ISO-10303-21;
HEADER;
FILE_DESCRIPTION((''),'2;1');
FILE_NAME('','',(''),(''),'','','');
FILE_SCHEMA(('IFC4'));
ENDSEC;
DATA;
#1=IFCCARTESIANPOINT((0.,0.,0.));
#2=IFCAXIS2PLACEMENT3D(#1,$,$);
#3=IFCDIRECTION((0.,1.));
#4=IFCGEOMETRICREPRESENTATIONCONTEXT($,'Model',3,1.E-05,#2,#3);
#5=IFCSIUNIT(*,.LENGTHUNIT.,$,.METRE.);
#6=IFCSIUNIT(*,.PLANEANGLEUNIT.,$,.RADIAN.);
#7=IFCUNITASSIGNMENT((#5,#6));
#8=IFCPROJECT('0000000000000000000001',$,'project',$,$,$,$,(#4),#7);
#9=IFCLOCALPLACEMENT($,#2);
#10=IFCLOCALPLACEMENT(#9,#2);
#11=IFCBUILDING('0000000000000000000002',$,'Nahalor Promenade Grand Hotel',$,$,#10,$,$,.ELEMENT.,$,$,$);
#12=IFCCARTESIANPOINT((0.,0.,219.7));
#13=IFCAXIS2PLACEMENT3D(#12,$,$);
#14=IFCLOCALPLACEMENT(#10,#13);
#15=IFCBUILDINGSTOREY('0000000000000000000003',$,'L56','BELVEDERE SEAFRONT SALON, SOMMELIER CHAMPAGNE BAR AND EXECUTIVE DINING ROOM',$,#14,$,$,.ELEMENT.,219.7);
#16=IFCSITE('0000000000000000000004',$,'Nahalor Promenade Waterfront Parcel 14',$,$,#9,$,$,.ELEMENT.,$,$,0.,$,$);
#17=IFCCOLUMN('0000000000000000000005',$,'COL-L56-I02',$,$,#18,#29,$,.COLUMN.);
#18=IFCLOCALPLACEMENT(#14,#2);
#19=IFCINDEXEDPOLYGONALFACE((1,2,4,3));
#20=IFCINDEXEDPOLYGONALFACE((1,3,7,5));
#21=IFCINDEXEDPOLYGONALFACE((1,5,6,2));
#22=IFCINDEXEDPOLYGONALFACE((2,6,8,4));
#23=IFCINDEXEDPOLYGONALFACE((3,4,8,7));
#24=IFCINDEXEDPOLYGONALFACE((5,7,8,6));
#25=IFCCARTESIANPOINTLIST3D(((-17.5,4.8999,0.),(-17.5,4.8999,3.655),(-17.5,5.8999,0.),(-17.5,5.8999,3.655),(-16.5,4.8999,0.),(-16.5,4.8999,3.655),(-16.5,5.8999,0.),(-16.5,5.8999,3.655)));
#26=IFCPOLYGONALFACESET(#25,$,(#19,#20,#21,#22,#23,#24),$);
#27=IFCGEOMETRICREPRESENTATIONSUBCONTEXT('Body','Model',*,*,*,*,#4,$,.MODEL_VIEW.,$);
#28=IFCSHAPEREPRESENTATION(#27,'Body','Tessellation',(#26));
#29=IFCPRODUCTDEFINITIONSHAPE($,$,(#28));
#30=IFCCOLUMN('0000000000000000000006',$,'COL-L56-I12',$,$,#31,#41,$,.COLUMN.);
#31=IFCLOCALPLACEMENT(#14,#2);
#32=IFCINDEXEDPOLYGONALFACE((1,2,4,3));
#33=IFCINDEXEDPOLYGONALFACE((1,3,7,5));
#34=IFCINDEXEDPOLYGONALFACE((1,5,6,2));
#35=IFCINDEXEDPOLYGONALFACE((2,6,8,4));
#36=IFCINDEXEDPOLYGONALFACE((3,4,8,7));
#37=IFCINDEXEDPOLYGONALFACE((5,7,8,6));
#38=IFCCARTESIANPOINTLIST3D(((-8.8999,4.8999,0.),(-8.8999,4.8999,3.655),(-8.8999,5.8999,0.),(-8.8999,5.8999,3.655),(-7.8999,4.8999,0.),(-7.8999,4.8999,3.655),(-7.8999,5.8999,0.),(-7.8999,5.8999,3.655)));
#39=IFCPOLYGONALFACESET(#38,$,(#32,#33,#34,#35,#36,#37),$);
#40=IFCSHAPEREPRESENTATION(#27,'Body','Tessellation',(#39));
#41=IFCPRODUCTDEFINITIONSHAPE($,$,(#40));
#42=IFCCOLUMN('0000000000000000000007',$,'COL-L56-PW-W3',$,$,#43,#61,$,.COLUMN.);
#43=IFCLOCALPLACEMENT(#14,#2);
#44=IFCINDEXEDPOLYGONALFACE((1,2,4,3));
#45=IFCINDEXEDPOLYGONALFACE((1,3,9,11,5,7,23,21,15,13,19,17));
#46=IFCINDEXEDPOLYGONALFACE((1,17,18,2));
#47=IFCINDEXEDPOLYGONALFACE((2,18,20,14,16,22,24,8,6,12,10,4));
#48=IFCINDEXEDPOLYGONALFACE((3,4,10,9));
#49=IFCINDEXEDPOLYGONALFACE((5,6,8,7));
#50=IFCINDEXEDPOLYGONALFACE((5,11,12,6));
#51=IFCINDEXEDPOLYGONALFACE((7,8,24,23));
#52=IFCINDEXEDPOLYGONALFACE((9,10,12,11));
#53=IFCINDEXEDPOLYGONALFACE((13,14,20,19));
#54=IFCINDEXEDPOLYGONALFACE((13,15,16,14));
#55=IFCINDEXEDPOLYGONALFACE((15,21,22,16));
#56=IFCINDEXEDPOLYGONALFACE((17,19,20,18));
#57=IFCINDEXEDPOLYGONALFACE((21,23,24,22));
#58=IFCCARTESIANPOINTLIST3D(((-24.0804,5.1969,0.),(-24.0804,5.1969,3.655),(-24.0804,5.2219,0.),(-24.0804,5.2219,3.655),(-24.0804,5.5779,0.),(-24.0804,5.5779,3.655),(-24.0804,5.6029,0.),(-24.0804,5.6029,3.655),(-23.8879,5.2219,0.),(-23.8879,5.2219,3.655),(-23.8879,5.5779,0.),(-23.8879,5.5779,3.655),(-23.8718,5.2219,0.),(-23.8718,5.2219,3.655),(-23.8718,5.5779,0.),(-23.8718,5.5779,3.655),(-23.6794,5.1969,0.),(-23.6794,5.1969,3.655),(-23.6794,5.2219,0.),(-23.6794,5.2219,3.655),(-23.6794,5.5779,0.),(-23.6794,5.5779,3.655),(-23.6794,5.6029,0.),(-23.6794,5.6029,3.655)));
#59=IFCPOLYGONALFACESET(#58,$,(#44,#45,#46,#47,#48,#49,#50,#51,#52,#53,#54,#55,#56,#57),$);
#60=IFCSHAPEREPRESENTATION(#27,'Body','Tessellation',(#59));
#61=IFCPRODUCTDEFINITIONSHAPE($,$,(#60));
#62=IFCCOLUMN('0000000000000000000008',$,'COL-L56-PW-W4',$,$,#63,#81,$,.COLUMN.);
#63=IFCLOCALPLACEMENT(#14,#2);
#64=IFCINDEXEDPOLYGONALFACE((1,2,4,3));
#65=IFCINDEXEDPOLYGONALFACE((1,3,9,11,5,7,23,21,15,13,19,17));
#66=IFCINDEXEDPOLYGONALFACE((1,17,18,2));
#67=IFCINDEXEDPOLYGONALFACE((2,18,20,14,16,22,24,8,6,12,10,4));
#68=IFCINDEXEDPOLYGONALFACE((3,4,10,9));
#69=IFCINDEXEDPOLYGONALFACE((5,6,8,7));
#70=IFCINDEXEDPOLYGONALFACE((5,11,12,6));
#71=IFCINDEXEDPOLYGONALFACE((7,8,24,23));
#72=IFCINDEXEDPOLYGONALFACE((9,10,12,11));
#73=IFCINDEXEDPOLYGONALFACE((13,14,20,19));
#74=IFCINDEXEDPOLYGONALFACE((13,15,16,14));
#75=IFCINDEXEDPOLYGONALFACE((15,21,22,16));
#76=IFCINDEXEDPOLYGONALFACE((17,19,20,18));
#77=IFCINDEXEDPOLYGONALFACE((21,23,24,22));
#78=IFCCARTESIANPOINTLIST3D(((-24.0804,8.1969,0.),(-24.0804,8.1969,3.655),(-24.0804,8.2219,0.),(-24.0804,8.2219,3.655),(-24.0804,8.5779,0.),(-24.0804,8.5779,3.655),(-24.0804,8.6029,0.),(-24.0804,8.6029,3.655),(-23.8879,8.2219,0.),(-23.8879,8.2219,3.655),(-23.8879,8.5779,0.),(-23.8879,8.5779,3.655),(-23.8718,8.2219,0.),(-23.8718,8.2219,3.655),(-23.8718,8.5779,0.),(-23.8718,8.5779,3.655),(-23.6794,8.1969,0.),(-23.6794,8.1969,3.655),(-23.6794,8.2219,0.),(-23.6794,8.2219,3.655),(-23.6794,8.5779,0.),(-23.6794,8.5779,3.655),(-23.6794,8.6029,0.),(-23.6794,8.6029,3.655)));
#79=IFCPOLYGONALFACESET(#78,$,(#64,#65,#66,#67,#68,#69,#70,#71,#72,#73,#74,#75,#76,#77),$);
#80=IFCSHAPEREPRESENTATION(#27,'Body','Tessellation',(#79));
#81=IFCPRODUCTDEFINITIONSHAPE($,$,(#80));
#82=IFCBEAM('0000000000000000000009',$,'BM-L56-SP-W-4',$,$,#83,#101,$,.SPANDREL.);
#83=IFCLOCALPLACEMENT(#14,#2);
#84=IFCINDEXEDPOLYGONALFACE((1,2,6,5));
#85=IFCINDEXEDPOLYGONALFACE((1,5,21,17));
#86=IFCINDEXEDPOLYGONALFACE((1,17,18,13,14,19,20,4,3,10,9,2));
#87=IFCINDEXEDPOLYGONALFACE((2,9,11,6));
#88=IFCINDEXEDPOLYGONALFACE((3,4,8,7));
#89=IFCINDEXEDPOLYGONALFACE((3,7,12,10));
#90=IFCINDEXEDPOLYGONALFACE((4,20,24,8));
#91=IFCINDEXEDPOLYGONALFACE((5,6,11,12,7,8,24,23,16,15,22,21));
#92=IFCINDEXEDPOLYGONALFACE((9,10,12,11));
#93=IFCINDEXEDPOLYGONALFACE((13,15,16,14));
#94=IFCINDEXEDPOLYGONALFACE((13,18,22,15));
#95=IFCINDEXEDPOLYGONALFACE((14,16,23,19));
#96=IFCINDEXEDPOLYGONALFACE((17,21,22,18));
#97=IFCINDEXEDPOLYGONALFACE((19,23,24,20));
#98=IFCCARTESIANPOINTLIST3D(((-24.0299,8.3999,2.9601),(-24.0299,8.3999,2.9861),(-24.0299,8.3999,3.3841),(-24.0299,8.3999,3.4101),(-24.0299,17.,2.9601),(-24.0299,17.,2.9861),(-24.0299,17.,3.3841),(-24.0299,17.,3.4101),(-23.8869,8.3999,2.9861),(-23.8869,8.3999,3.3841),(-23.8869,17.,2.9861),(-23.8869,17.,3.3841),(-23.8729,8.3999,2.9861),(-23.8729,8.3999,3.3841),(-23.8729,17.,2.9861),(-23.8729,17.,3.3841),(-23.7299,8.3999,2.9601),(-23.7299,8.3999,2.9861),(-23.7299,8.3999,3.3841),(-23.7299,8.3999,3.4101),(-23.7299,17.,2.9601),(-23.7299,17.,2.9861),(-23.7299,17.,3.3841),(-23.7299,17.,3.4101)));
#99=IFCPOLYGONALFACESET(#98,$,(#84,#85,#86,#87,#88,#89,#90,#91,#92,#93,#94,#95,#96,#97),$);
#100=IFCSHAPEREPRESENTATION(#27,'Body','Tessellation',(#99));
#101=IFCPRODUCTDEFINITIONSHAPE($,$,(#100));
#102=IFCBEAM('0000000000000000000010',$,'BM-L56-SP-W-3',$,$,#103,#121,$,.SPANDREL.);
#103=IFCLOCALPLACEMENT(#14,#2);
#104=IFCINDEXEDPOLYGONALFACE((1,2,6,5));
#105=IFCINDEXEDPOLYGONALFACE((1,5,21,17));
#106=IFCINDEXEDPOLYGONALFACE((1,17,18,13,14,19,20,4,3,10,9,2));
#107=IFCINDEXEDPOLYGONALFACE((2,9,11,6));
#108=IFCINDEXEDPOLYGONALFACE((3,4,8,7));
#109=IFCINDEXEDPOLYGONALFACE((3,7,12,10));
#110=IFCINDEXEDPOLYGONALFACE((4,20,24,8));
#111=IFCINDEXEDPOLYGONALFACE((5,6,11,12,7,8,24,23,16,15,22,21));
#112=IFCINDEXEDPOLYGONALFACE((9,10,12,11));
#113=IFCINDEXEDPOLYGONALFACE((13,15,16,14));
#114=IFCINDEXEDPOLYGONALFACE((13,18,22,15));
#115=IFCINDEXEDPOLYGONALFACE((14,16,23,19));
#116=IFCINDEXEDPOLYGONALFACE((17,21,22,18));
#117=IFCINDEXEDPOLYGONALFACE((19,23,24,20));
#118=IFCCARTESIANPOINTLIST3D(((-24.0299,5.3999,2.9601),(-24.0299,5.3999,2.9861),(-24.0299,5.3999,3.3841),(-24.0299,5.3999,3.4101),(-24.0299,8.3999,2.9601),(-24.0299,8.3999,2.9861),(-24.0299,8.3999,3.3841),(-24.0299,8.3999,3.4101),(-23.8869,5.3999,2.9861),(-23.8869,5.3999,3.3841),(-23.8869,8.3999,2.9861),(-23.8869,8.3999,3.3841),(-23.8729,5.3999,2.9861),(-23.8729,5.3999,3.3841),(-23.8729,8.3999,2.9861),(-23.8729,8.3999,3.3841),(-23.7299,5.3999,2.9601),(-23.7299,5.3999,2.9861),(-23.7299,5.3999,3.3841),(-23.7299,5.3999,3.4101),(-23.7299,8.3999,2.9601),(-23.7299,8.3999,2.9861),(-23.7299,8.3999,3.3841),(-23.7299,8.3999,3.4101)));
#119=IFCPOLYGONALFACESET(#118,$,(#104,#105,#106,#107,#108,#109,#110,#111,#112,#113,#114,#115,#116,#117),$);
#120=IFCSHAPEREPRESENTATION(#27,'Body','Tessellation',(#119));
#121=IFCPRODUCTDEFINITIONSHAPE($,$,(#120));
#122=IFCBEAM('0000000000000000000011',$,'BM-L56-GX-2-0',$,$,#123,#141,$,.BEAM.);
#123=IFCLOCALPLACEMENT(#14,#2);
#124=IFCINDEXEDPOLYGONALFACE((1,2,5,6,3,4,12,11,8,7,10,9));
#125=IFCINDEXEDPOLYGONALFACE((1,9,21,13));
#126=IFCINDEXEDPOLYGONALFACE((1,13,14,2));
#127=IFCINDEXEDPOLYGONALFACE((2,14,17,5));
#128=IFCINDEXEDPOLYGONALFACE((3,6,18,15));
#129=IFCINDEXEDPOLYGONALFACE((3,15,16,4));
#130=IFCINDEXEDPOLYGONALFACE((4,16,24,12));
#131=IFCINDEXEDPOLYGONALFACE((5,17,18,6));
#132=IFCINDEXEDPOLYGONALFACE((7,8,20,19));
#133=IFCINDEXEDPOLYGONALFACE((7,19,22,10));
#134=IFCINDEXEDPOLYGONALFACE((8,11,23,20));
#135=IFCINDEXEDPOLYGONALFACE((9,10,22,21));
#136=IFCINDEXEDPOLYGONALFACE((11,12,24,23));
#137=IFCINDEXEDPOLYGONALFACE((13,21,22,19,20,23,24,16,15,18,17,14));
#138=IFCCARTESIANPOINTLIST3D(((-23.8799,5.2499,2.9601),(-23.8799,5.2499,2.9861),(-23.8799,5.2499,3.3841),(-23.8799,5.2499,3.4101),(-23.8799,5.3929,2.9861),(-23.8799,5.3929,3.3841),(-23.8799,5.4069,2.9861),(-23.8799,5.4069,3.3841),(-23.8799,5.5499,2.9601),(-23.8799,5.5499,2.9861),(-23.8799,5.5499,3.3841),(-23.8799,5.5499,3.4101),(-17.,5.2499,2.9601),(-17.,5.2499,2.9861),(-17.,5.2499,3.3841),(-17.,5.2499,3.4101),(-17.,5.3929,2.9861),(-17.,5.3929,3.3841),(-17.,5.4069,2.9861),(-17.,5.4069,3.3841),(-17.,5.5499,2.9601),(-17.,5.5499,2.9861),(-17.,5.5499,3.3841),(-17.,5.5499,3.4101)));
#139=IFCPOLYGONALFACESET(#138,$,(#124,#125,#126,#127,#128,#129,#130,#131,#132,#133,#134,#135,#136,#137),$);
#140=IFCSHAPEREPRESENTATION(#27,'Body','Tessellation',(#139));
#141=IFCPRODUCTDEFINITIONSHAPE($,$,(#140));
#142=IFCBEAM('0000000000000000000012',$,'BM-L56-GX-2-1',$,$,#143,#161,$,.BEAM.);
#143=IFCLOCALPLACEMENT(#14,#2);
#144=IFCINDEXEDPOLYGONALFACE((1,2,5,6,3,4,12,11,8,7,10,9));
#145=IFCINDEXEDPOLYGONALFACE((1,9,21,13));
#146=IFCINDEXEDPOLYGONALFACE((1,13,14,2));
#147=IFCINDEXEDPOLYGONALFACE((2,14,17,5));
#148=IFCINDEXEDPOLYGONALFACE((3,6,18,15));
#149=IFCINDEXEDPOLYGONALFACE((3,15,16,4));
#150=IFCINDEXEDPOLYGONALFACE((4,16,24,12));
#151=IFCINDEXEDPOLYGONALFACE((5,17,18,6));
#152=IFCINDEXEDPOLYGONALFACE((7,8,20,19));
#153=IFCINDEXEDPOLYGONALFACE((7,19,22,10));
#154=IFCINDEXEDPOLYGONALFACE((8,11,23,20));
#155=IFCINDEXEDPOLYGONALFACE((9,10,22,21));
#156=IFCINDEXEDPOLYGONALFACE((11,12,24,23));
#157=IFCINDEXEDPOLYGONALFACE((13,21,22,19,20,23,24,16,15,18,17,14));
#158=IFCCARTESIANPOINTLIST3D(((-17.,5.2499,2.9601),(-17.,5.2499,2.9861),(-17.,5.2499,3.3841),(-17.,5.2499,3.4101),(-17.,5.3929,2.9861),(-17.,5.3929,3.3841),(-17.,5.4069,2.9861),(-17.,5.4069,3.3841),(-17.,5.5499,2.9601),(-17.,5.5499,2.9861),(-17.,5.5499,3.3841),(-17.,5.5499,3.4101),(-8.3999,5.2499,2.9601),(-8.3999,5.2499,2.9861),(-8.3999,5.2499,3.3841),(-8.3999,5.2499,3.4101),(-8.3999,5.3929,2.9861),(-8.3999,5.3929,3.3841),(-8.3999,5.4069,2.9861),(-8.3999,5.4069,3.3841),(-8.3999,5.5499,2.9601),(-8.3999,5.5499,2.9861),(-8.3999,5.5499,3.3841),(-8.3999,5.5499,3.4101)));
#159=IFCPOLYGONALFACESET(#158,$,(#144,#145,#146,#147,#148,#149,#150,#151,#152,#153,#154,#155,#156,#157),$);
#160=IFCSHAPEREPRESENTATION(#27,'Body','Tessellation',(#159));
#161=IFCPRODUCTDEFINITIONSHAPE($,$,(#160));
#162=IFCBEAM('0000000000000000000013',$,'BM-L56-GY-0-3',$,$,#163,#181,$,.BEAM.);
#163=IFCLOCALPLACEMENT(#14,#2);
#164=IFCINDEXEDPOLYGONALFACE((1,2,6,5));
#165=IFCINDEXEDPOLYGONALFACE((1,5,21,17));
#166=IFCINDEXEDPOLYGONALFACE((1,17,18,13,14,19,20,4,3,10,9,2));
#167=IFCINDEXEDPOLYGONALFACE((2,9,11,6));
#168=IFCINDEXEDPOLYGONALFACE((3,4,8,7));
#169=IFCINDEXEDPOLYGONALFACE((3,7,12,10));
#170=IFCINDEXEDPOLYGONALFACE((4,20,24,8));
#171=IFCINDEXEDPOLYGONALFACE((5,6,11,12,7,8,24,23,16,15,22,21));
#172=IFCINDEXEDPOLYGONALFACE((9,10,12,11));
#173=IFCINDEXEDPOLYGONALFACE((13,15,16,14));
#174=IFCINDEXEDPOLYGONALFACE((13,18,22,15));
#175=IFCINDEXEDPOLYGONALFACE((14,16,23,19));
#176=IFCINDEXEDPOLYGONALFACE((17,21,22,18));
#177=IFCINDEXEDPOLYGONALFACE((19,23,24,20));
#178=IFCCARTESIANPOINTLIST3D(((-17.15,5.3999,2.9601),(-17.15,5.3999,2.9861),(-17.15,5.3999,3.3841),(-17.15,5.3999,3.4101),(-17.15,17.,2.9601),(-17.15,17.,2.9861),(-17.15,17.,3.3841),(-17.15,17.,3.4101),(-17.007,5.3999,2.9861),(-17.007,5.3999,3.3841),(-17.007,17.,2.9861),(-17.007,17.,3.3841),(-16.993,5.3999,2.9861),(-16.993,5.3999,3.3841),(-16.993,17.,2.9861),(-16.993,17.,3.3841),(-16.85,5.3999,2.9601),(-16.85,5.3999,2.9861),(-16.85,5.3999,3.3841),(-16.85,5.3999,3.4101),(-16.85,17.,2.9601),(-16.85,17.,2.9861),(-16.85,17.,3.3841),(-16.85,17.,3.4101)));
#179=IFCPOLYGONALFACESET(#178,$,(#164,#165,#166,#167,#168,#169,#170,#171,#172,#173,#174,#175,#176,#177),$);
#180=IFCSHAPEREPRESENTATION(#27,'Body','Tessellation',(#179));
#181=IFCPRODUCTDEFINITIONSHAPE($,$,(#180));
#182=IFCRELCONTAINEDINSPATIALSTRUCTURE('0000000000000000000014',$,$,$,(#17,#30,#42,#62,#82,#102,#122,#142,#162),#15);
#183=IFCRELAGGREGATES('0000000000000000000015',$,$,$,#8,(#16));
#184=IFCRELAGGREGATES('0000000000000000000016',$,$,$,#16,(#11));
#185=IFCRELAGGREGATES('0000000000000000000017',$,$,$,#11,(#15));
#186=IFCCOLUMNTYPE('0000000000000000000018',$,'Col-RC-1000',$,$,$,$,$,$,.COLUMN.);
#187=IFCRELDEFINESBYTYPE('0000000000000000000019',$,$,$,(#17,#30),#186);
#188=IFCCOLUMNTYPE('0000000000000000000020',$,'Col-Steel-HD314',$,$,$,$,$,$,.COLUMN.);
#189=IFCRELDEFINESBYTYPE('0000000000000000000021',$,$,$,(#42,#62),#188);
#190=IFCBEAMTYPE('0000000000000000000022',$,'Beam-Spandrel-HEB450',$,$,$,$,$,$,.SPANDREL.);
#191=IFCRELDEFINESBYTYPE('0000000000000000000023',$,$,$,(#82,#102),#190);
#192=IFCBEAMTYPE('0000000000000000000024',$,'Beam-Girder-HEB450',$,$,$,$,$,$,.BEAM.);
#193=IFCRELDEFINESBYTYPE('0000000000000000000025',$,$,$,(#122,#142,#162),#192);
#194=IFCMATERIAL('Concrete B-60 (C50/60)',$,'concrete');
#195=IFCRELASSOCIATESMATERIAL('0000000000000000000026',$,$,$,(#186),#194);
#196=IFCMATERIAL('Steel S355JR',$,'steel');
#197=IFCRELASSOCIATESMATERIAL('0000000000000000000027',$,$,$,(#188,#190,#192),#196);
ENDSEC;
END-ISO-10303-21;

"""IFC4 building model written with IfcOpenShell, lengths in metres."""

from ifc_helpers import new_model, si_unit, direction, frame, origin, origin_2d, place, context, subcontext, project, spatial, rectangle, i_section, extrude, source, transform, mapped, material, material_profile, profile_set, type_object, element, save


model = new_model("IFC4")

# Units and contexts
model_context = context("Model", 3, precision=1e-05, world=origin(), true_north=direction((0.0, 1.0)))
body_context = subcontext(model_context, "Body", "Model", "MODEL_VIEW")
ifc_project = project(units=[si_unit("LENGTHUNIT", "METRE"), si_unit("PLANEANGLEUNIT", "RADIAN")], contexts=[model_context])

# Site, building, storey
site_placement = place(None, origin())
site = spatial("IfcSite", under=ifc_project, at=site_placement, Name="Nahalor Promenade Waterfront Parcel 14", CompositionType="ELEMENT", RefElevation=0.0)
building_placement = place(site_placement, origin())
building = spatial("IfcBuilding", under=site, at=building_placement, Name="Nahalor Promenade Grand Hotel", CompositionType="ELEMENT")
storey_placement = place(building_placement, frame((0.0, 0.0, 219.7)))
storey = spatial("IfcBuildingStorey", under=building, at=storey_placement, Name="L56", Description="BELVEDERE SEAFRONT SALON, SOMMELIER CHAMPAGNE BAR AND EXECUTIVE DINING ROOM", CompositionType="ELEMENT", Elevation=219.7)

# Columns
ifc_material_1 = material(Name="Concrete B-60 (C50/60)", Category="concrete")
ifc_material_profile_1 = material_profile(ifc_material_1, rectangle(XDim=1.0, YDim=1.0, at=origin_2d()), Name="RC 1000x1000")
ifc_profile_set_1 = profile_set([ifc_material_profile_1], Name="Concrete B-60 (C50/60)")
column_type_1 = type_object("IfcColumnType", Name="Col-RC-1000", PredefinedType="COLUMN", material=ifc_profile_set_1)
shared_shape_1 = source(origin(), body_context, "Body", "SweptSolid", [
    extrude(rectangle(XDim=1.0, YDim=1.0, at=origin_2d()), origin(), (0.0, 0.0, 1.0), 3.655),
])
for number, where, z_axis, x_axis, name in (
    (1, (-17.0, 5.3999, 0.0), (0.0, 0.0, 1.0), (1.0, 0.0, 0.0), "COL-L56-I02"),
    (2, (-8.3999, 5.3999, 0.0), (0.0, 0.0, 1.0), (1.0, 0.0, 0.0), "COL-L56-I12"),
):
    element("IfcColumn", number, at=place(storey_placement, frame(where, z_axis=z_axis, x_axis=x_axis)), inside=storey, type_object=column_type_1, Name=name, PredefinedType="COLUMN", context=body_context, shape_type="MappedRepresentation", body=[
        mapped(shared_shape_1, transform((0.0, 0.0, 0.0), scale=1.0)),
    ])
ifc_material_2 = material(Name="Steel S355JR", Category="steel")
ifc_material_profile_2 = material_profile(ifc_material_2, i_section(OverallWidth=0.401, OverallDepth=0.406, WebThickness=0.0161, FlangeThickness=0.025, at=origin_2d()), Name="HD 400x314")
ifc_profile_set_2 = profile_set([ifc_material_profile_2], Name="Steel S355JR")
column_type_2 = type_object("IfcColumnType", Name="Col-Steel-HD314", PredefinedType="COLUMN", material=ifc_profile_set_2)
shared_shape_2 = source(origin(), body_context, "Body", "SweptSolid", [
    extrude(i_section(OverallWidth=0.401, OverallDepth=0.406, WebThickness=0.0161, FlangeThickness=0.025, at=origin_2d()), origin(), (0.0, 0.0, 1.0), 3.655),
])
for number, where, z_axis, x_axis, name in (
    (3, (-23.8799, 5.3999, 0.0), (0.0, 0.0, 1.0), (1.0, 0.0, 0.0), "COL-L56-PW-W3"),
    (4, (-23.8799, 8.3999, 0.0), (0.0, 0.0, 1.0), (1.0, 0.0, 0.0), "COL-L56-PW-W4"),
):
    element("IfcColumn", number, at=place(storey_placement, frame(where, z_axis=z_axis, x_axis=x_axis)), inside=storey, type_object=column_type_2, Name=name, PredefinedType="COLUMN", context=body_context, shape_type="MappedRepresentation", body=[
        mapped(shared_shape_2, transform((0.0, 0.0, 0.0), scale=1.0)),
    ])

# Beams
ifc_material_profile_3 = material_profile(ifc_material_2, i_section(OverallWidth=0.3, OverallDepth=0.45, WebThickness=0.014, FlangeThickness=0.026, at=origin_2d()), Name="HEB 450")
ifc_profile_set_3 = profile_set([ifc_material_profile_3], Name="Steel S355JR")
beam_type_1 = type_object("IfcBeamType", Name="Beam-Spandrel-HEB450", PredefinedType="SPANDREL", material=ifc_profile_set_3)
shared_shape_3 = source(origin(), body_context, "Body", "SweptSolid", [
    extrude(i_section(OverallWidth=0.3, OverallDepth=0.45, WebThickness=0.014, FlangeThickness=0.026, at=origin_2d()), origin(), (0.0, 0.0, 1.0), 8.6001),
])
beam_1_placement = place(storey_placement, frame((-23.8799, 8.3999, 3.1851), z_axis=(0.0, 1.0, 0.0), x_axis=(-1.0, 0.0, 0.0)))
element("IfcBeam", 5, at=beam_1_placement, inside=storey, type_object=beam_type_1, Name="BM-L56-SP-W-4", PredefinedType="SPANDREL", context=body_context, shape_type="MappedRepresentation", body=[
    mapped(shared_shape_3, transform((0.0, 0.0, 0.0), scale=1.0)),
])
shared_shape_4 = source(origin(), body_context, "Body", "SweptSolid", [
    extrude(i_section(OverallWidth=0.3, OverallDepth=0.45, WebThickness=0.014, FlangeThickness=0.026, at=origin_2d()), origin(), (0.0, 0.0, 1.0), 3.0),
])
beam_2_placement = place(storey_placement, frame((-23.8799, 5.3999, 3.1851), z_axis=(0.0, 1.0, 0.0), x_axis=(-1.0, 0.0, 0.0)))
element("IfcBeam", 6, at=beam_2_placement, inside=storey, type_object=beam_type_1, Name="BM-L56-SP-W-3", PredefinedType="SPANDREL", context=body_context, shape_type="MappedRepresentation", body=[
    mapped(shared_shape_4, transform((0.0, 0.0, 0.0), scale=1.0)),
])
ifc_material_profile_4 = material_profile(ifc_material_2, i_section(OverallWidth=0.3, OverallDepth=0.45, WebThickness=0.014, FlangeThickness=0.026, at=origin_2d()), Name="HEB 450")
ifc_profile_set_4 = profile_set([ifc_material_profile_4], Name="Steel S355JR")
beam_type_2 = type_object("IfcBeamType", Name="Beam-Girder-HEB450", PredefinedType="BEAM", material=ifc_profile_set_4)
shared_shape_5 = source(origin(), body_context, "Body", "SweptSolid", [
    extrude(i_section(OverallWidth=0.3, OverallDepth=0.45, WebThickness=0.014, FlangeThickness=0.026, at=origin_2d()), origin(), (0.0, 0.0, 1.0), 6.8799),
])
beam_3_placement = place(storey_placement, frame((-23.8799, 5.3999, 3.1851), z_axis=(1.0, 0.0, 0.0), x_axis=(0.0, 1.0, 0.0)))
element("IfcBeam", 7, at=beam_3_placement, inside=storey, type_object=beam_type_2, Name="BM-L56-GX-2-0", PredefinedType="BEAM", context=body_context, shape_type="MappedRepresentation", body=[
    mapped(shared_shape_5, transform((0.0, 0.0, 0.0), scale=1.0)),
])
shared_shape_6 = source(origin(), body_context, "Body", "SweptSolid", [
    extrude(i_section(OverallWidth=0.3, OverallDepth=0.45, WebThickness=0.014, FlangeThickness=0.026, at=origin_2d()), origin(), (0.0, 0.0, 1.0), 8.6001),
])
beam_4_placement = place(storey_placement, frame((-17.0, 5.3999, 3.1851), z_axis=(1.0, 0.0, 0.0), x_axis=(0.0, 1.0, 0.0)))
element("IfcBeam", 8, at=beam_4_placement, inside=storey, type_object=beam_type_2, Name="BM-L56-GX-2-1", PredefinedType="BEAM", context=body_context, shape_type="MappedRepresentation", body=[
    mapped(shared_shape_6, transform((0.0, 0.0, 0.0), scale=1.0)),
])
shared_shape_7 = source(origin(), body_context, "Body", "SweptSolid", [
    extrude(i_section(OverallWidth=0.3, OverallDepth=0.45, WebThickness=0.014, FlangeThickness=0.026, at=origin_2d()), origin(), (0.0, 0.0, 1.0), 11.6001),
])
beam_5_placement = place(storey_placement, frame((-17.0, 5.3999, 3.1851), z_axis=(0.0, 1.0, 0.0), x_axis=(-1.0, 0.0, 0.0)))
element("IfcBeam", 9, at=beam_5_placement, inside=storey, type_object=beam_type_2, Name="BM-L56-GY-0-3", PredefinedType="BEAM", context=body_context, shape_type="MappedRepresentation", body=[
    mapped(shared_shape_7, transform((0.0, 0.0, 0.0), scale=1.0)),
])

save(model, "model.ifc")
